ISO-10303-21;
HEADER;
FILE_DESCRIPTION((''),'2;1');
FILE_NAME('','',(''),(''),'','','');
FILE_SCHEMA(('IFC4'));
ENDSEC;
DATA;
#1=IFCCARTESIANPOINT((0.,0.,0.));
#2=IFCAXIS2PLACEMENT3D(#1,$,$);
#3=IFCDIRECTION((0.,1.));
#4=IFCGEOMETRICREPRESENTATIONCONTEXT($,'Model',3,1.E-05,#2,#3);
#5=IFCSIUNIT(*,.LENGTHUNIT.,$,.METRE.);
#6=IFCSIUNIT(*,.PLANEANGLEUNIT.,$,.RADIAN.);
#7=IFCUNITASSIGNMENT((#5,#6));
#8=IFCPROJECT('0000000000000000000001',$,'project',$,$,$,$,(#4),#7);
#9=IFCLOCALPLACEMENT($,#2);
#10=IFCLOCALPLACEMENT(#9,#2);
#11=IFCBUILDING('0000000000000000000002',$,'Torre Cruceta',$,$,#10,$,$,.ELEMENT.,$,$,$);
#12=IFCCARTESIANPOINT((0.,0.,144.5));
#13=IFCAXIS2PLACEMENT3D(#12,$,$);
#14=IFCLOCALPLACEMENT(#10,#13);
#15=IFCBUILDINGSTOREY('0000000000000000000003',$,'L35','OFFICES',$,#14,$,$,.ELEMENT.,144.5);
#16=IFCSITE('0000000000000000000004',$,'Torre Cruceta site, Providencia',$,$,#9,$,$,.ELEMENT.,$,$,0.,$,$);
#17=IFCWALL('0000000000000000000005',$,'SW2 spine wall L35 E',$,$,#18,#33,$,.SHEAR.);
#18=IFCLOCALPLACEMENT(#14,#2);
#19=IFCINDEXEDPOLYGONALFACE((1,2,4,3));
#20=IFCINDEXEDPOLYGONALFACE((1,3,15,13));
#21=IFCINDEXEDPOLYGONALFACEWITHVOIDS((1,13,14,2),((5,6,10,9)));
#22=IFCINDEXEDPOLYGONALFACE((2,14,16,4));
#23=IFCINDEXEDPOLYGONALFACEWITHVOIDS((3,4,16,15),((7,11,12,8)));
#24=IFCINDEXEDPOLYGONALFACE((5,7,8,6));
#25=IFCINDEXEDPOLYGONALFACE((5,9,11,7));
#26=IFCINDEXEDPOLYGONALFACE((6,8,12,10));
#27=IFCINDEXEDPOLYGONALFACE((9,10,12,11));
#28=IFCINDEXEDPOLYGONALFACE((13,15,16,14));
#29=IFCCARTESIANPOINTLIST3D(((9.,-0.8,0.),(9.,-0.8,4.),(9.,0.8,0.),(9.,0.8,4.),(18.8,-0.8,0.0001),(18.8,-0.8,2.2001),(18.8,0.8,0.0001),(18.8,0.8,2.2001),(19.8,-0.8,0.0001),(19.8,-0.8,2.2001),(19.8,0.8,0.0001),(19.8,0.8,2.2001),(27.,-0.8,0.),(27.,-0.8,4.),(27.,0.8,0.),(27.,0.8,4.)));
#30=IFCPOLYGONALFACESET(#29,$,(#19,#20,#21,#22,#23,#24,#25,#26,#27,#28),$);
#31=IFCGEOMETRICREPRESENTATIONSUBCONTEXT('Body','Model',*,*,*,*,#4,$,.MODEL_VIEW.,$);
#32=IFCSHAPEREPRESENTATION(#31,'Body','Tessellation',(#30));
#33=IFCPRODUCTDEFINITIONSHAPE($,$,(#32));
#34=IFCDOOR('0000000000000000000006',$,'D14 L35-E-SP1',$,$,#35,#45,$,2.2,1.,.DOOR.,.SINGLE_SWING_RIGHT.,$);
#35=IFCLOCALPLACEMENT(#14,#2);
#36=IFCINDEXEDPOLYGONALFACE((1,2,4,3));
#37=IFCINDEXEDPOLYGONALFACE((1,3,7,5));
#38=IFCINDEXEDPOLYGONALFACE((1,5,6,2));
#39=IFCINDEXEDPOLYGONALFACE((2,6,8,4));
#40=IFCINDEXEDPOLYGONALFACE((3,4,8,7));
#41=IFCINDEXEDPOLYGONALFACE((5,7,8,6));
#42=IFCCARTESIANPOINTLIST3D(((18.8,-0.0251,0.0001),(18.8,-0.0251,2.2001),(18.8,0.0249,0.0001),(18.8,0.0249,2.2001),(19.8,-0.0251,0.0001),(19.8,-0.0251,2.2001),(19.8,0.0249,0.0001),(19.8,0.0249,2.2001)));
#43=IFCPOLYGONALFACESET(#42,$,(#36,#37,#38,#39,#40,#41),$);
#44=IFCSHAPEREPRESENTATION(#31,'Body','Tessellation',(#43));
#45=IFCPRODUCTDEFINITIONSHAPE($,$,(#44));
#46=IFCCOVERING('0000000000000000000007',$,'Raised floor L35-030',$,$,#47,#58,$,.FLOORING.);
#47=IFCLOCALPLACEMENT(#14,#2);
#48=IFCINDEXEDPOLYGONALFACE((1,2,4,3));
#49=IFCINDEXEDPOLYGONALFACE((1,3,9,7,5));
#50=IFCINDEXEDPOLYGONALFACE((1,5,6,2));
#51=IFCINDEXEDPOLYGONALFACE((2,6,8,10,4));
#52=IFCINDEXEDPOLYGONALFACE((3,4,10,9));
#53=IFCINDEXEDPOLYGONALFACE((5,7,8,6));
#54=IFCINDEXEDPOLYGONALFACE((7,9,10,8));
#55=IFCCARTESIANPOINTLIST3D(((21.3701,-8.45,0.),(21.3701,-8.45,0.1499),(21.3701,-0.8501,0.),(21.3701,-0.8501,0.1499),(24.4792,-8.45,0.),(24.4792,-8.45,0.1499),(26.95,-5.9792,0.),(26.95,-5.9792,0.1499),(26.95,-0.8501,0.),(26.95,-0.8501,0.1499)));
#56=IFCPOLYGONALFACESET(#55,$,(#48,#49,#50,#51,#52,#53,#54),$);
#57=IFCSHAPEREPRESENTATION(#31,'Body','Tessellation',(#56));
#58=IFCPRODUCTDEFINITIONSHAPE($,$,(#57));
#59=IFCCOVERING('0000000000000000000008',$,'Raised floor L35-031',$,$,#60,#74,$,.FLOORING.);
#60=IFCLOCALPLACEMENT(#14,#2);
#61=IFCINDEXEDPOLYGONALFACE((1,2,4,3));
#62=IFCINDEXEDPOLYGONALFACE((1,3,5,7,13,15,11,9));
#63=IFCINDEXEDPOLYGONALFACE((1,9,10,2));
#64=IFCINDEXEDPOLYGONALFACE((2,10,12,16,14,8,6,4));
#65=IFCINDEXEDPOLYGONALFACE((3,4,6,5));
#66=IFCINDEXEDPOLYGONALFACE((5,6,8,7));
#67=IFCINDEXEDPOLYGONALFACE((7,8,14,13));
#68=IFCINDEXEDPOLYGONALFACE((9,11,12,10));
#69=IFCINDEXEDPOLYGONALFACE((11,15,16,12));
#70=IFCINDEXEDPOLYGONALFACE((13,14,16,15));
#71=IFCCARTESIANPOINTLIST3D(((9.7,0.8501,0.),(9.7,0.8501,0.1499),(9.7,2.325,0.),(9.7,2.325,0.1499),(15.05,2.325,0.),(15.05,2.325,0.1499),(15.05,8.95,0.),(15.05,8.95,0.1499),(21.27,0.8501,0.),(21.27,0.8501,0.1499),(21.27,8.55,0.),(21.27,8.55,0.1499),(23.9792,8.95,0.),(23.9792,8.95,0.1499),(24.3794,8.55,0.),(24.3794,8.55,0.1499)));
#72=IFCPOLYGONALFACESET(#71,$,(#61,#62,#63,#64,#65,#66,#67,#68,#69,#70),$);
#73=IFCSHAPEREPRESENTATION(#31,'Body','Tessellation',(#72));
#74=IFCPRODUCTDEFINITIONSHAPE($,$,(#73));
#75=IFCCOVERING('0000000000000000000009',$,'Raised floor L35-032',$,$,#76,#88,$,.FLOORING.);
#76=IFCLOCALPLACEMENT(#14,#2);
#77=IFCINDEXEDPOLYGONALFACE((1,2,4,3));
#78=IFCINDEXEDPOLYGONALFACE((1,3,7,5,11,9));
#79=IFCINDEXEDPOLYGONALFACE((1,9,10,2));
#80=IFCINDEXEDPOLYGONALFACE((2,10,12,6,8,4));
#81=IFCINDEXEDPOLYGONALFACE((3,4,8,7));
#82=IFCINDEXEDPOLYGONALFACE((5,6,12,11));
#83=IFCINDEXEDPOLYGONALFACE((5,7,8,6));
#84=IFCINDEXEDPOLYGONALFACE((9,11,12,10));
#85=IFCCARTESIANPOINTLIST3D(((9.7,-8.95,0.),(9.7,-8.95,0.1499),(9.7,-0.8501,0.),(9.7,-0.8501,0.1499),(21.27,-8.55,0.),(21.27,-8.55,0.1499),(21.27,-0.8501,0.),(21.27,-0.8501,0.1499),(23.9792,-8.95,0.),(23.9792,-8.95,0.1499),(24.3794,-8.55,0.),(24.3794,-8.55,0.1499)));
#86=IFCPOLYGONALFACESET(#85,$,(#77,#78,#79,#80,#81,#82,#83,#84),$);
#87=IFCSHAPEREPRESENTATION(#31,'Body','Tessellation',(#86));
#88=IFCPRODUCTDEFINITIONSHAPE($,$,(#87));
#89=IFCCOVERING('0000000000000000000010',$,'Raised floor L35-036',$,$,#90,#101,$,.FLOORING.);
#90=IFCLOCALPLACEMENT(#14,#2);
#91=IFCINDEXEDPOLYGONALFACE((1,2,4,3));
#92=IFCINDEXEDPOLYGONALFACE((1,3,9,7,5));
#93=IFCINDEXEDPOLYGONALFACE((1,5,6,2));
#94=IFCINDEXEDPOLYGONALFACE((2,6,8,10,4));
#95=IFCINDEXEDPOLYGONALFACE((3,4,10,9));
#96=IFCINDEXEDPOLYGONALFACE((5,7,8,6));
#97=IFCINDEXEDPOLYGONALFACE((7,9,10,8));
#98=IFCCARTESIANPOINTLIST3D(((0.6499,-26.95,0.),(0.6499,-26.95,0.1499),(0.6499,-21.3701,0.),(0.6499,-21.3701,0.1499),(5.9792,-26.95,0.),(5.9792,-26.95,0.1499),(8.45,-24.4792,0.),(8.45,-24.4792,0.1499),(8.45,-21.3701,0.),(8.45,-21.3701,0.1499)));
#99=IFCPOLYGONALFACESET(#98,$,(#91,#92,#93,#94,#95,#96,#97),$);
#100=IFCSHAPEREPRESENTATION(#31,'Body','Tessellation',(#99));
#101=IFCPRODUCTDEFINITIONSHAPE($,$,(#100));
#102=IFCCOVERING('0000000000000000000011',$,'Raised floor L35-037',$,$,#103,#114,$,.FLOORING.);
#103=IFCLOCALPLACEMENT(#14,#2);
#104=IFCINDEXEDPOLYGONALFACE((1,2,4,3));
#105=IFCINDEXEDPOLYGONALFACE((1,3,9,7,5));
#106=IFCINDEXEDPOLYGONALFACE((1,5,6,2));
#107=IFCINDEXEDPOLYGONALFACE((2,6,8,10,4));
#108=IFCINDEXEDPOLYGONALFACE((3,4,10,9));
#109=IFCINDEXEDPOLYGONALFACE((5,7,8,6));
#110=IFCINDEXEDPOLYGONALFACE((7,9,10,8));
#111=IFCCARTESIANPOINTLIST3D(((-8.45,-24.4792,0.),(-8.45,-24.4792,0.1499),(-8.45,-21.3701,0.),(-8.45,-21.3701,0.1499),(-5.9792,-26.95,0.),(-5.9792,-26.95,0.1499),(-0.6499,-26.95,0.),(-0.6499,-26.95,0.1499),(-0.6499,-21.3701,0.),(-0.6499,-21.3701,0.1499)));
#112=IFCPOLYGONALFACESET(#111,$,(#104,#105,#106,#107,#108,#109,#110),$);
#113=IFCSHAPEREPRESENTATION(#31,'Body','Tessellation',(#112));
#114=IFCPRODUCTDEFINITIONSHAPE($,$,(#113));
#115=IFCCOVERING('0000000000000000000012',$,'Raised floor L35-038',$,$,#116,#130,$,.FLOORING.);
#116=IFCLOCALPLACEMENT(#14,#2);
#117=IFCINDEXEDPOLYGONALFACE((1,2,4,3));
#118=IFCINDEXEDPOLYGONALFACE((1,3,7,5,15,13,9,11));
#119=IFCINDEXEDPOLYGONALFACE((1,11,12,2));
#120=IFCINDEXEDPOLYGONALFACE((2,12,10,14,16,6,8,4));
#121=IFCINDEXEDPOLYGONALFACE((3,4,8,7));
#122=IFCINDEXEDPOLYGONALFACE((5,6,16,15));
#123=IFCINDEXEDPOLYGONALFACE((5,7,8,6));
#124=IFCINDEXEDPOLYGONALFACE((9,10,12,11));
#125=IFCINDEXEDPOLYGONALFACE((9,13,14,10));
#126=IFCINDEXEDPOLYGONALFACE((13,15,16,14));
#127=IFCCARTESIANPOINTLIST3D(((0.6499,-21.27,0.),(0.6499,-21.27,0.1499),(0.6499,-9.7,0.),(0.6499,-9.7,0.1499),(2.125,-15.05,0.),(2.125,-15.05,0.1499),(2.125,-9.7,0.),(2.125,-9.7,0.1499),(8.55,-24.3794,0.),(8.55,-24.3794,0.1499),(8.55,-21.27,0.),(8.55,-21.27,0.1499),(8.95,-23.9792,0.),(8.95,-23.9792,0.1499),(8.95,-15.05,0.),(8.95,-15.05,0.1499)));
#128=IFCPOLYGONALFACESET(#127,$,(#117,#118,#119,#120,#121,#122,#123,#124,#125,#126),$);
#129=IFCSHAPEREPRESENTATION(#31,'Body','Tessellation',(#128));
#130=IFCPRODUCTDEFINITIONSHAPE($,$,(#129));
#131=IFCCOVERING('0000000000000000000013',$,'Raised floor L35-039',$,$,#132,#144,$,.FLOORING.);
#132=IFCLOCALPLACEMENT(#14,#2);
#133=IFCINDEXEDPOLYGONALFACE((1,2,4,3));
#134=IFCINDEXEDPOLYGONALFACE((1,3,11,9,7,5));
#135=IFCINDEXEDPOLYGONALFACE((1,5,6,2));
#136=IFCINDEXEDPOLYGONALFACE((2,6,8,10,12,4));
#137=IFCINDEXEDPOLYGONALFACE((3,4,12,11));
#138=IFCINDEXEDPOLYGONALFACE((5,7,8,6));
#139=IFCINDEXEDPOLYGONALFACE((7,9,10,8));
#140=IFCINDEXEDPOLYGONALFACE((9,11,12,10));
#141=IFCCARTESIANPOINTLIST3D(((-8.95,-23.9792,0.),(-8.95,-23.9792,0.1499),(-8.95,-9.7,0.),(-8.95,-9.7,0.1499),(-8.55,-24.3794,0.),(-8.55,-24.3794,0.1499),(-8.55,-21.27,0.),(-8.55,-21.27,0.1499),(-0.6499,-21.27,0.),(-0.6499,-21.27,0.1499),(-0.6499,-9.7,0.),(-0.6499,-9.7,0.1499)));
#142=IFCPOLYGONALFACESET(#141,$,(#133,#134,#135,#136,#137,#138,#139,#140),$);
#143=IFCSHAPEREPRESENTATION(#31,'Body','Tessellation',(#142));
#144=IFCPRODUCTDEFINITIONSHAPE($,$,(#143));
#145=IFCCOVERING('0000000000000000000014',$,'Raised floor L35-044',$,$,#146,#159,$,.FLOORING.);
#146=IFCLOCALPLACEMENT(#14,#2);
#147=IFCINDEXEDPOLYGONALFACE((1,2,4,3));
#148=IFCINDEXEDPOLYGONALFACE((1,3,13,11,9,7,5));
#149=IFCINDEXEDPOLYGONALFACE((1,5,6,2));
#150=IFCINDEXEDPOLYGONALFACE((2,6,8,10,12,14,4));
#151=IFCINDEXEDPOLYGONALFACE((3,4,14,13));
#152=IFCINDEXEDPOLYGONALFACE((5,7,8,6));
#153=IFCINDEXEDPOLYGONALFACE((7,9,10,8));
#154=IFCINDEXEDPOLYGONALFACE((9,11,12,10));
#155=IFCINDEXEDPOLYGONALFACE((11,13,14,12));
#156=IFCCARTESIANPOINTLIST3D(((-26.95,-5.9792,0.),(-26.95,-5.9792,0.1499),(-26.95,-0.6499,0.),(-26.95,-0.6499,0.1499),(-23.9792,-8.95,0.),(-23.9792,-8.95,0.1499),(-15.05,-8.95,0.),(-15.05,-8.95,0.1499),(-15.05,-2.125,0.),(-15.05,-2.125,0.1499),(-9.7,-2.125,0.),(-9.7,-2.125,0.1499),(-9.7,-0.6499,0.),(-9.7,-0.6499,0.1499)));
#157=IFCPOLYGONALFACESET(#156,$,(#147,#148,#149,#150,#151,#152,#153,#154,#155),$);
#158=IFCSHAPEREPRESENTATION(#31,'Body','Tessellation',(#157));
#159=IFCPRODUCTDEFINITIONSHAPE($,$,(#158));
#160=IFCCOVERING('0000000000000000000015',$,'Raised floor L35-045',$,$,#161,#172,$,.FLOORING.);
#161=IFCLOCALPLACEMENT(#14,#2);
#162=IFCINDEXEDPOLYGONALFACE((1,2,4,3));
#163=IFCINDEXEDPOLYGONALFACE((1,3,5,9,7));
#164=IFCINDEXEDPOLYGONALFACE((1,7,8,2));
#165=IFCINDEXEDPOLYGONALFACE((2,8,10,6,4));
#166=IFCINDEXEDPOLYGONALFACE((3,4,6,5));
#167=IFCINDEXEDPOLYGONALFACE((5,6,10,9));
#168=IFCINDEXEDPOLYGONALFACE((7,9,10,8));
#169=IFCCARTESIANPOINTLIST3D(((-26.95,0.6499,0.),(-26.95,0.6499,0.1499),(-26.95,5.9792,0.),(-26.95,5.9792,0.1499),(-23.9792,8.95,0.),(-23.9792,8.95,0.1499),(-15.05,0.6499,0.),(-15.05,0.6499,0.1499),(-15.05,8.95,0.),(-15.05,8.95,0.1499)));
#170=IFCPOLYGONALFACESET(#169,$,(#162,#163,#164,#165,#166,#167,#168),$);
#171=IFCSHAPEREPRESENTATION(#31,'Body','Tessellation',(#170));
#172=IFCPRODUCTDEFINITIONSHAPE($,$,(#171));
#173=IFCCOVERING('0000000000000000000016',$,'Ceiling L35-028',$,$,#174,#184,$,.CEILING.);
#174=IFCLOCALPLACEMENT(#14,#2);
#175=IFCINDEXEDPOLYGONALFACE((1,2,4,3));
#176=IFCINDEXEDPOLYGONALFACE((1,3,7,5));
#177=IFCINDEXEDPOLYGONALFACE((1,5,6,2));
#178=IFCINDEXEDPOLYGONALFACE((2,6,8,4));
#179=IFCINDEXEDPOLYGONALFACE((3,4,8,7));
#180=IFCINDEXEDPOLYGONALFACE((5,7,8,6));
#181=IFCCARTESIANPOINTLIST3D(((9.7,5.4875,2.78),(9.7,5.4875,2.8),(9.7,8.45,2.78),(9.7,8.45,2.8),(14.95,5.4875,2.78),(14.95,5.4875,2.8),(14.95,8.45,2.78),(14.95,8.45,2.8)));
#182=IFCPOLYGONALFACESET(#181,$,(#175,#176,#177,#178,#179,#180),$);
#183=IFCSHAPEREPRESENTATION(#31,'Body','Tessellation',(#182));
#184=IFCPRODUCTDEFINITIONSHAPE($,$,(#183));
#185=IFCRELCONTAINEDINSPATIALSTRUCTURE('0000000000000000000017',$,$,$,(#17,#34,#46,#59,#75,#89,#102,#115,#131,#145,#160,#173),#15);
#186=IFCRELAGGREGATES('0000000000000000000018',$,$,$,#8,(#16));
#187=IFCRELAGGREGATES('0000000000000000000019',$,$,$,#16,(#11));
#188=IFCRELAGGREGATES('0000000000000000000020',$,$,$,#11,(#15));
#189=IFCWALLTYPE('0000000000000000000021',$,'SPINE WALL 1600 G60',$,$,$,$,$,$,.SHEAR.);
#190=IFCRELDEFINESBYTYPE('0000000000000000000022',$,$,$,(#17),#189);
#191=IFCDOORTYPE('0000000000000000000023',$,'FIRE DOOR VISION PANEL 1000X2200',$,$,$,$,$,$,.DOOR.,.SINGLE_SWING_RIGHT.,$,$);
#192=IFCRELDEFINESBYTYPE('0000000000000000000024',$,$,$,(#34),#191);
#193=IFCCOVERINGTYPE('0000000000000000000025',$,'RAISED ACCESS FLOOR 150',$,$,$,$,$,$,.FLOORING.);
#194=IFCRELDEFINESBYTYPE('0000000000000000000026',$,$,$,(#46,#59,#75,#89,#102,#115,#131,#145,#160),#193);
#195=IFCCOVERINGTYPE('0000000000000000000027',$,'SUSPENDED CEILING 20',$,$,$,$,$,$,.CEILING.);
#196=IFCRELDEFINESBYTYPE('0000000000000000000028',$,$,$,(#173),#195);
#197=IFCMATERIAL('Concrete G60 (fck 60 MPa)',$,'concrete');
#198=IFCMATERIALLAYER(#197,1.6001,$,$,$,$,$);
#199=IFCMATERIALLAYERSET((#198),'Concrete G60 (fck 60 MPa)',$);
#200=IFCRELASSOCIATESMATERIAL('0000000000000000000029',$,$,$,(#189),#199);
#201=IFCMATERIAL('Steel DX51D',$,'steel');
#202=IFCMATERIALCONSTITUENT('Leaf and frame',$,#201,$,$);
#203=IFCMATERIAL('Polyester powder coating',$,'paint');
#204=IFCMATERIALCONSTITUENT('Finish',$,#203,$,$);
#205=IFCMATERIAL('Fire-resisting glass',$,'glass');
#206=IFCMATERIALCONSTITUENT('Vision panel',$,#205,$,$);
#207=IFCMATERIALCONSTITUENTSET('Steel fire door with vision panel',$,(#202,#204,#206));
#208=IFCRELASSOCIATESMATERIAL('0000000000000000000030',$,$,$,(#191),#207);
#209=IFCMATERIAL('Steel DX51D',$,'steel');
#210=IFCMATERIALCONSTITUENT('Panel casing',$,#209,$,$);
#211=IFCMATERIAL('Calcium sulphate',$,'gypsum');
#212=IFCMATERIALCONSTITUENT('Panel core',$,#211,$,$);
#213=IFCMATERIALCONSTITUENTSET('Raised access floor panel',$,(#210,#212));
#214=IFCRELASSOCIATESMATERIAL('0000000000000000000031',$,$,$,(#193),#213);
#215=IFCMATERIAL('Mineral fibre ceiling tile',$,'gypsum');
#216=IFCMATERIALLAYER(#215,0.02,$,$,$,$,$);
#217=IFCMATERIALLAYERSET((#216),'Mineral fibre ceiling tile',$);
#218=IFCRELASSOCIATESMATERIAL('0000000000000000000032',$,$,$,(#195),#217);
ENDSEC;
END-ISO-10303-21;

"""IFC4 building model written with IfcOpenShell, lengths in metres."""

from ifc_helpers import new_model, si_unit, direction, frame, frame_2d, origin, place, context, subcontext, project, spatial, polyline, rectangle, outline, extrude, material, layer, layer_set, constituent, constituent_set, type_object, element, fill, save


model = new_model("IFC4")

# Units and contexts
model_context = context("Model", 3, precision=1e-05, world=origin(), true_north=direction((0.0, 1.0)))
body_context = subcontext(model_context, "Body", "Model", "MODEL_VIEW")
ifc_project = project(units=[si_unit("LENGTHUNIT", "METRE"), si_unit("PLANEANGLEUNIT", "RADIAN")], contexts=[model_context])

# Site, building, storey
site_placement = place(None, origin())
site = spatial("IfcSite", under=ifc_project, at=site_placement, Name="Torre Cruceta site, Providencia", CompositionType="ELEMENT", RefElevation=0.0)
building_placement = place(site_placement, origin())
building = spatial("IfcBuilding", under=site, at=building_placement, Name="Torre Cruceta", CompositionType="ELEMENT")
storey_placement = place(building_placement, frame((0.0, 0.0, 144.5)))
storey = spatial("IfcBuildingStorey", under=building, at=storey_placement, Name="L35", Description="OFFICES", CompositionType="ELEMENT", Elevation=144.5)

# Wall, opening, door
ifc_material_1 = material(Name="Concrete G60 (fck 60 MPa)", Category="concrete")
ifc_layer_1 = layer(ifc_material_1, 1.6001)
ifc_layer_set_1 = layer_set([ifc_layer_1], Name="Concrete G60 (fck 60 MPa)")
wall_type = type_object("IfcWallType", Name="SPINE WALL 1600 G60", PredefinedType="SHEAR", material=ifc_layer_set_1)
wall_placement = place(storey_placement, frame((9.0, 0.0, 0.0), z_axis=(0.0, 0.0, 1.0), x_axis=(1.0, 0.0, 0.0)))
wall = element("IfcWall", 1, at=wall_placement, inside=storey, type_object=wall_type, Name="SW2 spine wall L35 E", PredefinedType="SHEAR", context=body_context, shape_type="SweptSolid", body=[
    extrude(rectangle(XDim=18.0, YDim=1.6001, at=frame_2d((9.0, 0.0))), origin(), (0.0, 0.0, 1.0), 4.0),
])
opening_placement = place(wall_placement, frame((9.8, 0.0, 0.0)))
opening = element("IfcOpeningElement", 2, at=opening_placement, cuts=wall, PredefinedType="OPENING", context=body_context, shape_type="SweptSolid", body=[
    extrude(rectangle(XDim=1.0, YDim=2.2, at=frame_2d((0.5, 1.1001))), frame((0.0, 0.8101, 0.0), z_axis=(0.0, -1.0, 0.0), x_axis=(1.0, 0.0, 0.0)), (0.0, 0.0, 1.0), 1.6201),
])
ifc_material_2 = material(Name="Steel DX51D", Category="steel")
ifc_constituent_1 = constituent(ifc_material_2, Name="Leaf and frame")
ifc_material_3 = material(Name="Polyester powder coating", Category="paint")
ifc_constituent_2 = constituent(ifc_material_3, Name="Finish")
ifc_material_4 = material(Name="Fire-resisting glass", Category="glass")
ifc_constituent_3 = constituent(ifc_material_4, Name="Vision panel")
ifc_constituent_set_1 = constituent_set(constituents=[ifc_constituent_1, ifc_constituent_2, ifc_constituent_3], Name="Steel fire door with vision panel")
door_type = type_object("IfcDoorType", Name="FIRE DOOR VISION PANEL 1000X2200", OperationType="SINGLE_SWING_RIGHT", PredefinedType="DOOR", material=ifc_constituent_set_1)
door_placement = place(opening_placement, origin())
door = element("IfcDoor", 3, at=door_placement, inside=storey, type_object=door_type, Name="D14 L35-E-SP1", OperationType="SINGLE_SWING_RIGHT", OverallHeight=2.2, OverallWidth=1.0, PredefinedType="DOOR", context=body_context, shape_type="SweptSolid", body=[
    extrude(rectangle(XDim=1.0, YDim=2.2, at=frame_2d((0.5, 1.1001))), frame((0.0, 0.0249, 0.0), z_axis=(0.0, -1.0, 0.0), x_axis=(1.0, 0.0, 0.0)), (0.0, 0.0, 1.0), 0.05),
])
fill(opening, door)

# Coverings
ifc_material_5 = material(Name="Steel DX51D", Category="steel")
ifc_constituent_4 = constituent(ifc_material_5, Name="Panel casing")
ifc_material_6 = material(Name="Calcium sulphate", Category="gypsum")
ifc_constituent_5 = constituent(ifc_material_6, Name="Panel core")
ifc_constituent_set_2 = constituent_set(constituents=[ifc_constituent_4, ifc_constituent_5], Name="Raised access floor panel")
covering_type_1 = type_object("IfcCoveringType", Name="RAISED ACCESS FLOOR 150", PredefinedType="FLOORING", material=ifc_constituent_set_2)
covering_1_placement = place(storey_placement, origin())
element("IfcCovering", 4, at=covering_1_placement, inside=storey, type_object=covering_type_1, Name="Raised floor L35-030", PredefinedType="FLOORING", context=body_context, shape_type="SweptSolid", body=[
    extrude(outline(polyline([(24.4792, -8.45), (21.3701, -8.45), (21.3701, -0.8501), (26.95, -0.8501), (26.95, -5.9792), (24.4792, -8.45)])), origin(), (0.0, 0.0, 1.0), 0.1499),
])
covering_2_placement = place(storey_placement, origin())
element("IfcCovering", 5, at=covering_2_placement, inside=storey, type_object=covering_type_1, Name="Raised floor L35-031", PredefinedType="FLOORING", context=body_context, shape_type="SweptSolid", body=[
    extrude(outline(polyline([(21.27, 0.8501), (9.7, 0.8501), (9.7, 2.325), (15.05, 2.325), (15.05, 8.95), (23.9792, 8.95), (24.3794, 8.55), (21.27, 8.55), (21.27, 0.8501)])), origin(), (0.0, 0.0, 1.0), 0.1499),
])
covering_3_placement = place(storey_placement, origin())
element("IfcCovering", 6, at=covering_3_placement, inside=storey, type_object=covering_type_1, Name="Raised floor L35-032", PredefinedType="FLOORING", context=body_context, shape_type="SweptSolid", body=[
    extrude(outline(polyline([(21.27, -8.55), (24.3794, -8.55), (23.9792, -8.95), (9.7, -8.95), (9.7, -0.8501), (21.27, -0.8501), (21.27, -8.55)])), origin(), (0.0, 0.0, 1.0), 0.1499),
])
covering_4_placement = place(storey_placement, origin())
element("IfcCovering", 7, at=covering_4_placement, inside=storey, type_object=covering_type_1, Name="Raised floor L35-036", PredefinedType="FLOORING", context=body_context, shape_type="SweptSolid", body=[
    extrude(outline(polyline([(0.6499, -26.95), (0.6499, -21.3701), (8.45, -21.3701), (8.45, -24.4792), (5.9792, -26.95), (0.6499, -26.95)])), origin(), (0.0, 0.0, 1.0), 0.1499),
])
covering_5_placement = place(storey_placement, origin())
element("IfcCovering", 8, at=covering_5_placement, inside=storey, type_object=covering_type_1, Name="Raised floor L35-037", PredefinedType="FLOORING", context=body_context, shape_type="SweptSolid", body=[
    extrude(outline(polyline([(-8.45, -24.4792), (-8.45, -21.3701), (-0.6499, -21.3701), (-0.6499, -26.95), (-5.9792, -26.95), (-8.45, -24.4792)])), origin(), (0.0, 0.0, 1.0), 0.1499),
])
covering_6_placement = place(storey_placement, origin())
element("IfcCovering", 9, at=covering_6_placement, inside=storey, type_object=covering_type_1, Name="Raised floor L35-038", PredefinedType="FLOORING", context=body_context, shape_type="SweptSolid", body=[
    extrude(outline(polyline([(0.6499, -21.27), (0.6499, -9.7), (2.125, -9.7), (2.125, -15.05), (8.95, -15.05), (8.95, -23.9792), (8.55, -24.3794), (8.55, -21.27), (0.6499, -21.27)])), origin(), (0.0, 0.0, 1.0), 0.1499),
])
covering_7_placement = place(storey_placement, origin())
element("IfcCovering", 10, at=covering_7_placement, inside=storey, type_object=covering_type_1, Name="Raised floor L35-039", PredefinedType="FLOORING", context=body_context, shape_type="SweptSolid", body=[
    extrude(outline(polyline([(-8.55, -21.27), (-8.55, -24.3794), (-8.95, -23.9792), (-8.95, -9.7), (-0.6499, -9.7), (-0.6499, -21.27), (-8.55, -21.27)])), origin(), (0.0, 0.0, 1.0), 0.1499),
])
covering_8_placement = place(storey_placement, origin())
element("IfcCovering", 11, at=covering_8_placement, inside=storey, type_object=covering_type_1, Name="Raised floor L35-044", PredefinedType="FLOORING", context=body_context, shape_type="SweptSolid", body=[
    extrude(outline(polyline([(-26.95, -0.6499), (-9.7, -0.6499), (-9.7, -2.125), (-15.05, -2.125), (-15.05, -8.95), (-23.9792, -8.95), (-26.95, -5.9792), (-26.95, -0.6499)])), origin(), (0.0, 0.0, 1.0), 0.1499),
])
covering_9_placement = place(storey_placement, origin())
element("IfcCovering", 12, at=covering_9_placement, inside=storey, type_object=covering_type_1, Name="Raised floor L35-045", PredefinedType="FLOORING", context=body_context, shape_type="SweptSolid", body=[
    extrude(outline(polyline([(-26.95, 5.9792), (-23.9792, 8.95), (-15.05, 8.95), (-15.05, 0.6499), (-26.95, 0.6499), (-26.95, 5.9792)])), origin(), (0.0, 0.0, 1.0), 0.1499),
])
ifc_material_7 = material(Name="Mineral fibre ceiling tile", Category="gypsum")
ifc_layer_2 = layer(ifc_material_7, 0.02)
ifc_layer_set_2 = layer_set([ifc_layer_2], Name="Mineral fibre ceiling tile")
covering_type_2 = type_object("IfcCoveringType", Name="SUSPENDED CEILING 20", PredefinedType="CEILING", material=ifc_layer_set_2)
covering_10_placement = place(storey_placement, frame((0.0, 0.0, 2.78)))
element("IfcCovering", 13, at=covering_10_placement, inside=storey, type_object=covering_type_2, Name="Ceiling L35-028", PredefinedType="CEILING", context=body_context, shape_type="SweptSolid", body=[
    extrude(outline(polyline([(9.7, 5.4875), (9.7, 8.45), (14.95, 8.45), (14.95, 5.4875), (9.7, 5.4875)])), origin(), (0.0, 0.0, 1.0), 0.02),
])

save(model, "model.ifc")
